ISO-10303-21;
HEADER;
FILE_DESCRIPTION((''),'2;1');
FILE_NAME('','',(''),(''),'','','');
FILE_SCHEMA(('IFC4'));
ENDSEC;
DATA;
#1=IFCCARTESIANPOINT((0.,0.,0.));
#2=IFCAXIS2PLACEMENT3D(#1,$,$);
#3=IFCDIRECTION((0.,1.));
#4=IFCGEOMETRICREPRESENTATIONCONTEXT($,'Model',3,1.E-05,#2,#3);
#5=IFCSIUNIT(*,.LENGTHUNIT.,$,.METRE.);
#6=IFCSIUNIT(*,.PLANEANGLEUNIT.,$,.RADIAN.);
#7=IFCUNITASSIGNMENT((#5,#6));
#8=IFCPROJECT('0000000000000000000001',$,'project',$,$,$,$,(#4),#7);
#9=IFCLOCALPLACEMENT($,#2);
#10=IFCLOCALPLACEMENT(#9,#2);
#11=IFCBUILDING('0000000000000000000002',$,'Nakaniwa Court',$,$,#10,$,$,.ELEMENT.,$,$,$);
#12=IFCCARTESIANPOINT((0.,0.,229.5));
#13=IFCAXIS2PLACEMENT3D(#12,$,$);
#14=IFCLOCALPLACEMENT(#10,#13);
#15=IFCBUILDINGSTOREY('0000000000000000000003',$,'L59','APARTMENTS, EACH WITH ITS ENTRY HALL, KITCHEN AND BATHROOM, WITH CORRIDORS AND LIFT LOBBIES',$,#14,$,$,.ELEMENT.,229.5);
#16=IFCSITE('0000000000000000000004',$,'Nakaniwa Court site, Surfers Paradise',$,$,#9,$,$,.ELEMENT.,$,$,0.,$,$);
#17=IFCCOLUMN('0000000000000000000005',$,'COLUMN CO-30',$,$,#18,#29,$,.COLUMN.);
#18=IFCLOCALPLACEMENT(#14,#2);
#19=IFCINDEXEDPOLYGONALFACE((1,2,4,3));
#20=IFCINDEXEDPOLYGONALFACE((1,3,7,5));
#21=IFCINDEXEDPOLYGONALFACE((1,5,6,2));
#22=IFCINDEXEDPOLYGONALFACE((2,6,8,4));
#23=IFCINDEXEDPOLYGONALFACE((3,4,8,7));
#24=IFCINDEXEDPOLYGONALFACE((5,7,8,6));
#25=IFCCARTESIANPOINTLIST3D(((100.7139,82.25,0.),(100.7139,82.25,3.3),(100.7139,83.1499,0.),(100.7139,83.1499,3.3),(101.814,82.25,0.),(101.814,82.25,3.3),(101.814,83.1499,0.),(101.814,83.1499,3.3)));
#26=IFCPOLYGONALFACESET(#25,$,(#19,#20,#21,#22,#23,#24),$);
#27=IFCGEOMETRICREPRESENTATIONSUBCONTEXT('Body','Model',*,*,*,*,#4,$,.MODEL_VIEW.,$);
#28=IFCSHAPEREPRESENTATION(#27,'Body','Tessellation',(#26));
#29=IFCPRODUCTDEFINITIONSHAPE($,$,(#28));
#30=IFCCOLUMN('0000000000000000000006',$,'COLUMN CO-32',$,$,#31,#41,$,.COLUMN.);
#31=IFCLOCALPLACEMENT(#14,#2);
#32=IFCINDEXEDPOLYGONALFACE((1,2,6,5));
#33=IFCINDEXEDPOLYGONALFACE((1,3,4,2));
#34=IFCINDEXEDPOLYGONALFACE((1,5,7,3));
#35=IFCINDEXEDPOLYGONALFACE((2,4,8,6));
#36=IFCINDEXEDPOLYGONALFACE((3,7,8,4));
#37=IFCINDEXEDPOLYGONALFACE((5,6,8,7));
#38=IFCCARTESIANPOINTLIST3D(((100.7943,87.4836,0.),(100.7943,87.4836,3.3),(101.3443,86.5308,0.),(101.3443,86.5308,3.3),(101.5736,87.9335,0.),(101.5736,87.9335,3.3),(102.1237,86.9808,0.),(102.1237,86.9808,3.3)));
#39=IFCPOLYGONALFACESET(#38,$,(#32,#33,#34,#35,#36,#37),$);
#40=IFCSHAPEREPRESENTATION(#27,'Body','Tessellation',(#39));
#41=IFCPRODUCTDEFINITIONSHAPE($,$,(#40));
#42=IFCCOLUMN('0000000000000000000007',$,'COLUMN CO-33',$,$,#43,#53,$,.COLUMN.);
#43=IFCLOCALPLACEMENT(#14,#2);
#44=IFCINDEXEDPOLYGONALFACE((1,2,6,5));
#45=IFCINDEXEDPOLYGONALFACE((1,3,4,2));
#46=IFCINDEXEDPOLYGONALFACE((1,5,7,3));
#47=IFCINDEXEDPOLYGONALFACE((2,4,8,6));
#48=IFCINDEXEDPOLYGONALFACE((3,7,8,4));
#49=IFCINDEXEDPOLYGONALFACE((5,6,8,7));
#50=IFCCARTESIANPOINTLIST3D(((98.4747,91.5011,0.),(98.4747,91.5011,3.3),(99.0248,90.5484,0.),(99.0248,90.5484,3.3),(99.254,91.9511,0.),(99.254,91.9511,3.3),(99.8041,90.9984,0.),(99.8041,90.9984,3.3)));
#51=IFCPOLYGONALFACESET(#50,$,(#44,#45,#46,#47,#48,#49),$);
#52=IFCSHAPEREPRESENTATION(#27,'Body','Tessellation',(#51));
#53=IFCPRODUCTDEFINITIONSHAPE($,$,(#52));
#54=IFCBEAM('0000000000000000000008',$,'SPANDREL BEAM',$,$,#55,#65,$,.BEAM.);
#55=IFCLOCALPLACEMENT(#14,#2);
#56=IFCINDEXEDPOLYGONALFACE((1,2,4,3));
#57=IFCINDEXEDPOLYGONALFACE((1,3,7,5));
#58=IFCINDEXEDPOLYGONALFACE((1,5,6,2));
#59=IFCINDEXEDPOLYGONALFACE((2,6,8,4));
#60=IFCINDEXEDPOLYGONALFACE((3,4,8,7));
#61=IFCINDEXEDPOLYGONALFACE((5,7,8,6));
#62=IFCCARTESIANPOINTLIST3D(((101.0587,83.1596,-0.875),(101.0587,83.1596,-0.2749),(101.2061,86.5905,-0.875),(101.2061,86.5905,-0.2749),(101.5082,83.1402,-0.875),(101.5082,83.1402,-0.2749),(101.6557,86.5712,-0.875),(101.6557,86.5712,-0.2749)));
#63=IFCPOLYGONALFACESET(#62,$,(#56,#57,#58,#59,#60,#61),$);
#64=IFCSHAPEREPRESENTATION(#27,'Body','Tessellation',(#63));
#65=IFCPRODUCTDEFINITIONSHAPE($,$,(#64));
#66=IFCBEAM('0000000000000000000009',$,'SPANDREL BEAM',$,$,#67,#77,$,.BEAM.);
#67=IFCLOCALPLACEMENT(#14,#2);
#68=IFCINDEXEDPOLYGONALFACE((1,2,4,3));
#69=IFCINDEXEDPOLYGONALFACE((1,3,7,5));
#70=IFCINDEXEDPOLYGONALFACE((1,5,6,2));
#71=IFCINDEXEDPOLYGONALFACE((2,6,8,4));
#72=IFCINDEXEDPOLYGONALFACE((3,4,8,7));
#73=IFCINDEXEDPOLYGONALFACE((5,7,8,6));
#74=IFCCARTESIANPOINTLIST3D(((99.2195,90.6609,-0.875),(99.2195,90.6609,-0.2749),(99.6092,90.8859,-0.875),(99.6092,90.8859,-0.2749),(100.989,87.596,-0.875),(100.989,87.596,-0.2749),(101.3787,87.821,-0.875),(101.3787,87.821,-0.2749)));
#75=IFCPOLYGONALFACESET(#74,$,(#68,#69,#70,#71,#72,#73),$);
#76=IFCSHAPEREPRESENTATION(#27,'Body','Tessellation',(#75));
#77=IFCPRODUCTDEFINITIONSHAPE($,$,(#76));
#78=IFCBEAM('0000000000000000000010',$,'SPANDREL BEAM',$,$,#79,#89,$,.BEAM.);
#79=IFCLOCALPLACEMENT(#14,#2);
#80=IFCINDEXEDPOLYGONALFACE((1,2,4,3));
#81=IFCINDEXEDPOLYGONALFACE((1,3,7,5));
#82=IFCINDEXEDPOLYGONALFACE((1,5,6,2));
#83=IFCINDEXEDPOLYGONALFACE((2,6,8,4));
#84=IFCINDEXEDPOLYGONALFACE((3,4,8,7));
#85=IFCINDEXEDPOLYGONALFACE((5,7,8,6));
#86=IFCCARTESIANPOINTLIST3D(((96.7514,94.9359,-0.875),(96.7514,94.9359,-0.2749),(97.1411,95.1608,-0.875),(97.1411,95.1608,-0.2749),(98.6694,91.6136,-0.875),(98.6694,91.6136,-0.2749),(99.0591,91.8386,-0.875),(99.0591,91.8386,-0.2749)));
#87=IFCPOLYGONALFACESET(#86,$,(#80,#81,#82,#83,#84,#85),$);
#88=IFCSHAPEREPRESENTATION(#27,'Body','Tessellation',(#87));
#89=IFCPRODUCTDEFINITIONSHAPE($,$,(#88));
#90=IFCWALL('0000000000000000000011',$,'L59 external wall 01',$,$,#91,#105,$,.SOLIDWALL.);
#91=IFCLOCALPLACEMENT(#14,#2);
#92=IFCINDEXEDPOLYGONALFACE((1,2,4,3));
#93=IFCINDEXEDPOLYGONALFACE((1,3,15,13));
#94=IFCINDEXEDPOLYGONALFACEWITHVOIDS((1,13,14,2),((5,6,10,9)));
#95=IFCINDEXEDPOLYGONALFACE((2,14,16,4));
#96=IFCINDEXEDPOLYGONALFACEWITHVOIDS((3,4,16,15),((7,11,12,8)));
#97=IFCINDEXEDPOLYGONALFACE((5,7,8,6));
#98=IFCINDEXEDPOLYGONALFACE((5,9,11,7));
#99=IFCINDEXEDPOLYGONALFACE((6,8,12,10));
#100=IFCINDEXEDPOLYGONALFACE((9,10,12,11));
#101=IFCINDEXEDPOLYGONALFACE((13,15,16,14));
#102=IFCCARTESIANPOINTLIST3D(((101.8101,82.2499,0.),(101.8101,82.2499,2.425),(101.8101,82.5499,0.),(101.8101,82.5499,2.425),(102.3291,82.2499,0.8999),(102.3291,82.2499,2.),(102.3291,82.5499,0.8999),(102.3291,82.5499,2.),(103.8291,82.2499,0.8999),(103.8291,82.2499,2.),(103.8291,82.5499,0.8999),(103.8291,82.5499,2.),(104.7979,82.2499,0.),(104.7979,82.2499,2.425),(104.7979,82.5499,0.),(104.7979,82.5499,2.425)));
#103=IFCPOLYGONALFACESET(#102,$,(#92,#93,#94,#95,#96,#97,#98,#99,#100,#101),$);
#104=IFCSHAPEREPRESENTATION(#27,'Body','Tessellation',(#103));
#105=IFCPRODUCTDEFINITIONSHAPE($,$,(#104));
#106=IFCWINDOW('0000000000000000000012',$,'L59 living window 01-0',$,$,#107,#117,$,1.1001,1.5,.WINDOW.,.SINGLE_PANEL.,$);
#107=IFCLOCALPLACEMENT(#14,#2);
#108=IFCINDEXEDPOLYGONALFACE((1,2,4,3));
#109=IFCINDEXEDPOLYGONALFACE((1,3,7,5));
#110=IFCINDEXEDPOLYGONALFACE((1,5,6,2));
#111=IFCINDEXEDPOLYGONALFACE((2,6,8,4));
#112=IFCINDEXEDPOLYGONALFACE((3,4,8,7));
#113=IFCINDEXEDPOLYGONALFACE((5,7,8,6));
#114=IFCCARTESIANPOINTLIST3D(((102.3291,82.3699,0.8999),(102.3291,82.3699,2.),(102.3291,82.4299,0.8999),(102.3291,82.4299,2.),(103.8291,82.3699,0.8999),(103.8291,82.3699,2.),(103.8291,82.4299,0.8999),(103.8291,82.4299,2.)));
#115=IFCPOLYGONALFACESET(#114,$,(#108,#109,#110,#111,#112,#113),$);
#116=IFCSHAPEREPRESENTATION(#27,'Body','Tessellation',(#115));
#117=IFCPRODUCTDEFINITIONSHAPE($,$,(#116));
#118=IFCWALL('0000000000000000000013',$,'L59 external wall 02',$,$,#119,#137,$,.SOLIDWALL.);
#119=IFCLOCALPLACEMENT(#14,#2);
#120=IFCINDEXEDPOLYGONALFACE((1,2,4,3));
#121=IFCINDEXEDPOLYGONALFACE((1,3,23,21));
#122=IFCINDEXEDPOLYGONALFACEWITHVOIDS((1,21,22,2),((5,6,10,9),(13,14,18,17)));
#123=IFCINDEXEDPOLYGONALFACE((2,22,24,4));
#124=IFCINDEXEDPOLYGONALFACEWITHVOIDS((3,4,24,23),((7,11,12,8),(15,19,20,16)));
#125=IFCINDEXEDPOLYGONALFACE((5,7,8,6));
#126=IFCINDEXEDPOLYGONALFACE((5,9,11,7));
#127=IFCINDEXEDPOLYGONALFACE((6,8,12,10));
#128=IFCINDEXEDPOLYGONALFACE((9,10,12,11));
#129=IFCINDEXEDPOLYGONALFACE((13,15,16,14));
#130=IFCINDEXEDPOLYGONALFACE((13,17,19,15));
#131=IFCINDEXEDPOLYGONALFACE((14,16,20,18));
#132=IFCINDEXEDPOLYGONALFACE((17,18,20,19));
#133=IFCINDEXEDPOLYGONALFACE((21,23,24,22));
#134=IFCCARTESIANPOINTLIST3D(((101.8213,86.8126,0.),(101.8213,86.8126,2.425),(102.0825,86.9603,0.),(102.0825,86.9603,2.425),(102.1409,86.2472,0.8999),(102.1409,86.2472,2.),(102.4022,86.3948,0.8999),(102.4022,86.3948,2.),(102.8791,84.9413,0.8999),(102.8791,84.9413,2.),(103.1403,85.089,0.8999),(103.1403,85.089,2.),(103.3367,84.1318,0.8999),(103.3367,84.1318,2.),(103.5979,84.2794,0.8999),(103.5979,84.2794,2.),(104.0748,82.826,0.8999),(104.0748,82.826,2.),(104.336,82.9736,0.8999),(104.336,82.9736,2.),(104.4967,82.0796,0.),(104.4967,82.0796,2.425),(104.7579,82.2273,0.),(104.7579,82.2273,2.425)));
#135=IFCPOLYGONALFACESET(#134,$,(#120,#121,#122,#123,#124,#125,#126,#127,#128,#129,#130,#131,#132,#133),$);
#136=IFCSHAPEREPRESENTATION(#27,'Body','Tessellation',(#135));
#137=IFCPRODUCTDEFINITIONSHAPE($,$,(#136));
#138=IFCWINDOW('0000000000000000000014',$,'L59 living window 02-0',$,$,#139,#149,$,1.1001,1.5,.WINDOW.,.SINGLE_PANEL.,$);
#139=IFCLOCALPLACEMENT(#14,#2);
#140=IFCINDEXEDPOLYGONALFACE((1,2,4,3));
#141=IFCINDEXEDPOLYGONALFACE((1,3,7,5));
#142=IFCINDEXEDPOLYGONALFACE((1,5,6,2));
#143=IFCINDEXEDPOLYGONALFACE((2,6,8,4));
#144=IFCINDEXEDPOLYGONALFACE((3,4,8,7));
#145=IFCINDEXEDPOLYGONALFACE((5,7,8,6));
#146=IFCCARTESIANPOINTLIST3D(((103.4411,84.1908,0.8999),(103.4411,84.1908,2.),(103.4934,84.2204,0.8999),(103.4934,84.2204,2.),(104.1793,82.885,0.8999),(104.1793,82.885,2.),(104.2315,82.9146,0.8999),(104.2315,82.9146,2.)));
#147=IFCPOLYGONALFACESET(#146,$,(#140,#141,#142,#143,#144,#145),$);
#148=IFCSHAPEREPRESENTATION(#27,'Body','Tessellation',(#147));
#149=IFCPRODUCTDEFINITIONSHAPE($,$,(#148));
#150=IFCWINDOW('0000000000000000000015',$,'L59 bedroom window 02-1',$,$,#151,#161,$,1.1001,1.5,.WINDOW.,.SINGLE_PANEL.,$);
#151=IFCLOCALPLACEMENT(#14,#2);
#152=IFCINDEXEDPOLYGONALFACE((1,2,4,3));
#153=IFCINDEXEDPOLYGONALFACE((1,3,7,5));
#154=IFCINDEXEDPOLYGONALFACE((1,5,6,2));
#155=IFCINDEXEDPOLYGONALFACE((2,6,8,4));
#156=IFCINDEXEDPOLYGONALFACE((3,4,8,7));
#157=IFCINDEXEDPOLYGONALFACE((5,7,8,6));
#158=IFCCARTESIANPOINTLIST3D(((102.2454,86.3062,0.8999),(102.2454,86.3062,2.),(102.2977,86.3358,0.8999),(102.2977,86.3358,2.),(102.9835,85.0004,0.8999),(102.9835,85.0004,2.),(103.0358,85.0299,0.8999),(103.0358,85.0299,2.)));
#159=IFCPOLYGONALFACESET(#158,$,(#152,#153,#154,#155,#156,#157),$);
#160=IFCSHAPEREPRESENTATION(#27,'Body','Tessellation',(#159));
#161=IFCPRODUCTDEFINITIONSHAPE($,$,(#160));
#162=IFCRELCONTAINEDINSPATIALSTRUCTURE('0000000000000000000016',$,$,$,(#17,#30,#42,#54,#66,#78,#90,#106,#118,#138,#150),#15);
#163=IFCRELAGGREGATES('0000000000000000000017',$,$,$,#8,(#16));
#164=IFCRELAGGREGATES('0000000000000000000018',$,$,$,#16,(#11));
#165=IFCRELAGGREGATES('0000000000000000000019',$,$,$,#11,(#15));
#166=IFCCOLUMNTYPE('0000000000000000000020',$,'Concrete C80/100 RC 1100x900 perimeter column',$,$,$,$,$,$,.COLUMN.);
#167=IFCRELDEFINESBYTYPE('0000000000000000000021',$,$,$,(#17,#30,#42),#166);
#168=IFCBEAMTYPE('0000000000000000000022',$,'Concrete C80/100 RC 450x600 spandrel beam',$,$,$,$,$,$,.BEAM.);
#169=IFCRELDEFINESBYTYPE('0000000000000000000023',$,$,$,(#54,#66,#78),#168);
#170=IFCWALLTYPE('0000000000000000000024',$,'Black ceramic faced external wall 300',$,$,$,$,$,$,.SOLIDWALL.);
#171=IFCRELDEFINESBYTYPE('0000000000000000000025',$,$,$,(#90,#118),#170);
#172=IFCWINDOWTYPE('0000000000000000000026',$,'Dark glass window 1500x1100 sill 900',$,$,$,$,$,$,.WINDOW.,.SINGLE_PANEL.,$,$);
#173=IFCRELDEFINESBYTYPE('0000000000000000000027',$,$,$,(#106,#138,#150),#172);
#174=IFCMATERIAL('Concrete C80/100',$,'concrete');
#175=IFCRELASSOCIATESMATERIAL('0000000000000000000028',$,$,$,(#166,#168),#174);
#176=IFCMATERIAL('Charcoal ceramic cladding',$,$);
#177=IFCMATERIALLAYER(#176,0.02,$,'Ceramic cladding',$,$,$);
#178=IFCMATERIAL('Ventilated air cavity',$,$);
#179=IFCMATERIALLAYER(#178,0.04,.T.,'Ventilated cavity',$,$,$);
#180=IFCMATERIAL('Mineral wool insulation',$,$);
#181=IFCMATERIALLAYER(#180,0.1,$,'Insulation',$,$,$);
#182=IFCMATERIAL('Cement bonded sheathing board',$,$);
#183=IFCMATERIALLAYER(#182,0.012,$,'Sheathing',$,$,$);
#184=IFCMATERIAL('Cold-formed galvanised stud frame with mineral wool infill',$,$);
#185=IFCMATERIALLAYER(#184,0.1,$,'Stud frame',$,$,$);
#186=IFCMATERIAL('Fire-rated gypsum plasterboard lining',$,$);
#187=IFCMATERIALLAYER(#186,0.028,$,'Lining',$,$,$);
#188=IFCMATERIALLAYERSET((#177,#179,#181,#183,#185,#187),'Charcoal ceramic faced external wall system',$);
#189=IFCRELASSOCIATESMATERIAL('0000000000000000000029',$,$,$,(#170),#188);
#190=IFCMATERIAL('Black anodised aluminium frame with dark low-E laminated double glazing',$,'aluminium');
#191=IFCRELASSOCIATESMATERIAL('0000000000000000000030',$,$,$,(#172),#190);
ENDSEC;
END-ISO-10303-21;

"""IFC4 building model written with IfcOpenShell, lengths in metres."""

from ifc_helpers import new_model, si_unit, direction, frame, frame_2d, origin, origin_2d, place, context, subcontext, project, spatial, rectangle, extrude, material, layer, layer_set, material_profile, profile_set, type_object, element, fill, save


model = new_model("IFC4")

# Units and contexts
model_context = context("Model", 3, precision=1e-05, world=origin(), true_north=direction((0.0, 1.0)))
body_context = subcontext(model_context, "Body", "Model", "MODEL_VIEW")
ifc_project = project(units=[si_unit("LENGTHUNIT", "METRE"), si_unit("PLANEANGLEUNIT", "RADIAN")], contexts=[model_context])

# Site, building, storey
site_placement = place(None, origin())
site = spatial("IfcSite", under=ifc_project, at=site_placement, Name="Nakaniwa Court site, Surfers Paradise", CompositionType="ELEMENT", RefElevation=0.0)
building_placement = place(site_placement, origin())
building = spatial("IfcBuilding", under=site, at=building_placement, Name="Nakaniwa Court", CompositionType="ELEMENT")
storey_placement = place(building_placement, frame((0.0, 0.0, 229.5)))
storey = spatial("IfcBuildingStorey", under=building, at=storey_placement, Name="L59", Description="APARTMENTS, EACH WITH ITS ENTRY HALL, KITCHEN AND BATHROOM, WITH CORRIDORS AND LIFT LOBBIES", CompositionType="ELEMENT", Elevation=229.5)

# Columns
ifc_material_1 = material(Name="Concrete C80/100", Category="concrete")
ifc_material_profile_1 = material_profile(ifc_material_1, rectangle(XDim=1.1001, YDim=0.8999, at=origin_2d()), Name="Concrete C80/100 RC 1100x900 perimeter column")
ifc_profile_set_1 = profile_set([ifc_material_profile_1], Name="Concrete C80/100")
column_type = type_object("IfcColumnType", Name="Concrete C80/100 RC 1100x900 perimeter column", PredefinedType="COLUMN", material=ifc_profile_set_1)
for number, where, z_axis, x_axis, name in (
    (1, (101.2639, 82.7, 0.0), (0.0, 0.0, 1.0), (1.0, 0.0, 0.0), "COLUMN CO-30"),
    (2, (101.459, 87.2322, 0.0), (0.0, 0.0, 1.0), (-0.5, 0.866025, 0.0), "COLUMN CO-32"),
    (3, (99.1394, 91.2498, 0.0), (0.0, 0.0, 1.0), (-0.5, 0.866025, 0.0), "COLUMN CO-33"),
):
    element("IfcColumn", number, at=place(storey_placement, frame(where, z_axis=z_axis, x_axis=x_axis)), inside=storey, type_object=column_type, Name=name, PredefinedType="COLUMN", context=body_context, shape_type="SweptSolid", body=[
        extrude(rectangle(XDim=1.1001, YDim=0.8999, at=origin_2d()), origin(), (0.0, 0.0, 1.0), 3.3),
    ])

# Beams
ifc_material_profile_2 = material_profile(ifc_material_1, rectangle(XDim=0.45, YDim=0.6001, at=origin_2d()), Name="Concrete C80/100 RC 450x600 spandrel beam")
ifc_profile_set_2 = profile_set([ifc_material_profile_2], Name="Concrete C80/100")
beam_type = type_object("IfcBeamType", Name="Concrete C80/100 RC 450x600 spandrel beam", PredefinedType="BEAM", material=ifc_profile_set_2)
beam_1_placement = place(storey_placement, frame((101.2834, 83.1499, -0.575), z_axis=(0.042941, 0.999078, 0.0), x_axis=(-0.999078, 0.042941, 0.0)))
element("IfcBeam", 4, at=beam_1_placement, inside=storey, type_object=beam_type, Name="SPANDREL BEAM", PredefinedType="BEAM", context=body_context, shape_type="SweptSolid", body=[
    extrude(rectangle(XDim=0.45, YDim=0.6001, at=origin_2d()), origin(), (0.0, 0.0, 1.0), 3.4341),
])
beam_2_placement = place(storey_placement, frame((101.1838, 87.7085, -0.575), z_axis=(-0.499997, 0.866027, 0.0), x_axis=(-0.866027, -0.499997, 0.0)))
element("IfcBeam", 5, at=beam_2_placement, inside=storey, type_object=beam_type, Name="SPANDREL BEAM", PredefinedType="BEAM", context=body_context, shape_type="SweptSolid", body=[
    extrude(rectangle(XDim=0.45, YDim=0.6001, at=origin_2d()), origin(), (0.0, 0.0, 1.0), 3.5391),
])
beam_3_placement = place(storey_placement, frame((98.8643, 91.7261, -0.575), z_axis=(-0.499972, 0.866041, 0.0), x_axis=(-0.866041, -0.499972, 0.0)))
element("IfcBeam", 6, at=beam_3_placement, inside=storey, type_object=beam_type, Name="SPANDREL BEAM", PredefinedType="BEAM", context=body_context, shape_type="SweptSolid", body=[
    extrude(rectangle(XDim=0.45, YDim=0.6001, at=origin_2d()), origin(), (0.0, 0.0, 1.0), 3.8362),
])

# Wall, opening, window
ifc_material_2 = material(Name="Charcoal ceramic cladding")
ifc_layer_1 = layer(ifc_material_2, 0.02, Name="Ceramic cladding")
ifc_material_3 = material(Name="Ventilated air cavity")
ifc_layer_2 = layer(ifc_material_3, 0.04, ventilated=True, Name="Ventilated cavity")
ifc_material_4 = material(Name="Mineral wool insulation")
ifc_layer_3 = layer(ifc_material_4, 0.1, Name="Insulation")
ifc_material_5 = material(Name="Cement bonded sheathing board")
ifc_layer_4 = layer(ifc_material_5, 0.012, Name="Sheathing")
ifc_material_6 = material(Name="Cold-formed galvanised stud frame with mineral wool infill")
ifc_layer_5 = layer(ifc_material_6, 0.1, Name="Stud frame")
ifc_material_7 = material(Name="Fire-rated gypsum plasterboard lining")
ifc_layer_6 = layer(ifc_material_7, 0.028, Name="Lining")
ifc_layer_set = layer_set([ifc_layer_1, ifc_layer_2, ifc_layer_3, ifc_layer_4, ifc_layer_5, ifc_layer_6], Name="Charcoal ceramic faced external wall system")
wall_type = type_object("IfcWallType", Name="Black ceramic faced external wall 300", PredefinedType="SOLIDWALL", material=ifc_layer_set)
wall_1_placement = place(storey_placement, frame((101.8101, 82.3999, 0.0), z_axis=(0.0, 0.0, 1.0), x_axis=(1.0, 0.0, 0.0)))
wall_1 = element("IfcWall", 7, at=wall_1_placement, inside=storey, type_object=wall_type, Name="L59 external wall 01", PredefinedType="SOLIDWALL", context=body_context, shape_type="SweptSolid", body=[
    extrude(rectangle(XDim=2.9878, YDim=0.3, at=frame_2d((1.4939, 0.0))), origin(), (0.0, 0.0, 1.0), 2.425),
])
opening_1_placement = place(wall_1_placement, frame((0.519, 0.0, 0.8999)))
opening_1 = element("IfcOpeningElement", 8, at=opening_1_placement, cuts=wall_1, PredefinedType="OPENING", context=body_context, shape_type="SweptSolid", body=[
    extrude(rectangle(XDim=1.5, YDim=1.1001, at=frame_2d((0.75, 0.55))), frame((0.0, 0.1599, 0.0), z_axis=(0.0, -1.0, 0.0), x_axis=(1.0, 0.0, 0.0)), (0.0, 0.0, 1.0), 0.3201),
])
ifc_material_8 = material(Name="Black anodised aluminium frame with dark low-E laminated double glazing", Category="aluminium")
window_type = type_object("IfcWindowType", Name="Dark glass window 1500x1100 sill 900", PartitioningType="SINGLE_PANEL", PredefinedType="WINDOW", material=ifc_material_8)
window_1_placement = place(opening_1_placement, origin())
window_1 = element("IfcWindow", 9, at=window_1_placement, inside=storey, type_object=window_type, Name="L59 living window 01-0", OverallHeight=1.1001, OverallWidth=1.5, PartitioningType="SINGLE_PANEL", PredefinedType="WINDOW", context=body_context, shape_type="SweptSolid", body=[
    extrude(rectangle(XDim=1.5, YDim=1.1001, at=frame_2d((0.75, 0.55))), frame((0.0, 0.03, 0.0), z_axis=(0.0, -1.0, 0.0), x_axis=(1.0, 0.0, 0.0)), (0.0, 0.0, 1.0), 0.0601),
])
fill(opening_1, window_1)

# Wall, openings, windows
wall_2_placement = place(storey_placement, frame((104.6272, 82.1536, 0.0), z_axis=(0.0, 0.0, 1.0), x_axis=(-0.492081, 0.870549, 0.0)))
wall_2 = element("IfcWall", 10, at=wall_2_placement, inside=storey, type_object=wall_type, Name="L59 external wall 02", PredefinedType="SOLIDWALL", context=body_context, shape_type="SweptSolid", body=[
    extrude(rectangle(XDim=5.4368, YDim=0.3, at=frame_2d((2.7183, 0.0))), origin(), (0.0, 0.0, 1.0), 2.425),
])
opening_2_placement = place(wall_2_placement, frame((0.8572, 0.0, 0.8999)))
opening_2 = element("IfcOpeningElement", 11, at=opening_2_placement, cuts=wall_2, PredefinedType="OPENING", context=body_context, shape_type="SweptSolid", body=[
    extrude(rectangle(XDim=1.5, YDim=1.1001, at=frame_2d((0.75, 0.55))), frame((0.0, 0.1599, 0.0), z_axis=(0.0, -1.0, 0.0), x_axis=(1.0, 0.0, 0.0)), (0.0, 0.0, 1.0), 0.3201),
])
opening_3_placement = place(wall_2_placement, frame((3.2871, 0.0, 0.8999)))
opening_3 = element("IfcOpeningElement", 12, at=opening_3_placement, cuts=wall_2, PredefinedType="OPENING", context=body_context, shape_type="SweptSolid", body=[
    extrude(rectangle(XDim=1.5, YDim=1.1001, at=frame_2d((0.75, 0.55))), frame((0.0, 0.1599, 0.0), z_axis=(0.0, -1.0, 0.0), x_axis=(1.0, 0.0, 0.0)), (0.0, 0.0, 1.0), 0.3201),
])
window_2_placement = place(opening_2_placement, origin())
window_2 = element("IfcWindow", 13, at=window_2_placement, inside=storey, type_object=window_type, Name="L59 living window 02-0", OverallHeight=1.1001, OverallWidth=1.5, PartitioningType="SINGLE_PANEL", PredefinedType="WINDOW", context=body_context, shape_type="SweptSolid", body=[
    extrude(rectangle(XDim=1.5, YDim=1.1001, at=frame_2d((0.75, 0.55))), frame((0.0, 0.03, 0.0), z_axis=(0.0, -1.0, 0.0), x_axis=(1.0, 0.0, 0.0)), (0.0, 0.0, 1.0), 0.0601),
])
fill(opening_2, window_2)
window_3_placement = place(opening_3_placement, origin())
window_3 = element("IfcWindow", 14, at=window_3_placement, inside=storey, type_object=window_type, Name="L59 bedroom window 02-1", OverallHeight=1.1001, OverallWidth=1.5, PartitioningType="SINGLE_PANEL", PredefinedType="WINDOW", context=body_context, shape_type="SweptSolid", body=[
    extrude(rectangle(XDim=1.5, YDim=1.1001, at=frame_2d((0.75, 0.55))), frame((0.0, 0.03, 0.0), z_axis=(0.0, -1.0, 0.0), x_axis=(1.0, 0.0, 0.0)), (0.0, 0.0, 1.0), 0.0601),
])
fill(opening_3, window_3)

save(model, "model.ifc")
